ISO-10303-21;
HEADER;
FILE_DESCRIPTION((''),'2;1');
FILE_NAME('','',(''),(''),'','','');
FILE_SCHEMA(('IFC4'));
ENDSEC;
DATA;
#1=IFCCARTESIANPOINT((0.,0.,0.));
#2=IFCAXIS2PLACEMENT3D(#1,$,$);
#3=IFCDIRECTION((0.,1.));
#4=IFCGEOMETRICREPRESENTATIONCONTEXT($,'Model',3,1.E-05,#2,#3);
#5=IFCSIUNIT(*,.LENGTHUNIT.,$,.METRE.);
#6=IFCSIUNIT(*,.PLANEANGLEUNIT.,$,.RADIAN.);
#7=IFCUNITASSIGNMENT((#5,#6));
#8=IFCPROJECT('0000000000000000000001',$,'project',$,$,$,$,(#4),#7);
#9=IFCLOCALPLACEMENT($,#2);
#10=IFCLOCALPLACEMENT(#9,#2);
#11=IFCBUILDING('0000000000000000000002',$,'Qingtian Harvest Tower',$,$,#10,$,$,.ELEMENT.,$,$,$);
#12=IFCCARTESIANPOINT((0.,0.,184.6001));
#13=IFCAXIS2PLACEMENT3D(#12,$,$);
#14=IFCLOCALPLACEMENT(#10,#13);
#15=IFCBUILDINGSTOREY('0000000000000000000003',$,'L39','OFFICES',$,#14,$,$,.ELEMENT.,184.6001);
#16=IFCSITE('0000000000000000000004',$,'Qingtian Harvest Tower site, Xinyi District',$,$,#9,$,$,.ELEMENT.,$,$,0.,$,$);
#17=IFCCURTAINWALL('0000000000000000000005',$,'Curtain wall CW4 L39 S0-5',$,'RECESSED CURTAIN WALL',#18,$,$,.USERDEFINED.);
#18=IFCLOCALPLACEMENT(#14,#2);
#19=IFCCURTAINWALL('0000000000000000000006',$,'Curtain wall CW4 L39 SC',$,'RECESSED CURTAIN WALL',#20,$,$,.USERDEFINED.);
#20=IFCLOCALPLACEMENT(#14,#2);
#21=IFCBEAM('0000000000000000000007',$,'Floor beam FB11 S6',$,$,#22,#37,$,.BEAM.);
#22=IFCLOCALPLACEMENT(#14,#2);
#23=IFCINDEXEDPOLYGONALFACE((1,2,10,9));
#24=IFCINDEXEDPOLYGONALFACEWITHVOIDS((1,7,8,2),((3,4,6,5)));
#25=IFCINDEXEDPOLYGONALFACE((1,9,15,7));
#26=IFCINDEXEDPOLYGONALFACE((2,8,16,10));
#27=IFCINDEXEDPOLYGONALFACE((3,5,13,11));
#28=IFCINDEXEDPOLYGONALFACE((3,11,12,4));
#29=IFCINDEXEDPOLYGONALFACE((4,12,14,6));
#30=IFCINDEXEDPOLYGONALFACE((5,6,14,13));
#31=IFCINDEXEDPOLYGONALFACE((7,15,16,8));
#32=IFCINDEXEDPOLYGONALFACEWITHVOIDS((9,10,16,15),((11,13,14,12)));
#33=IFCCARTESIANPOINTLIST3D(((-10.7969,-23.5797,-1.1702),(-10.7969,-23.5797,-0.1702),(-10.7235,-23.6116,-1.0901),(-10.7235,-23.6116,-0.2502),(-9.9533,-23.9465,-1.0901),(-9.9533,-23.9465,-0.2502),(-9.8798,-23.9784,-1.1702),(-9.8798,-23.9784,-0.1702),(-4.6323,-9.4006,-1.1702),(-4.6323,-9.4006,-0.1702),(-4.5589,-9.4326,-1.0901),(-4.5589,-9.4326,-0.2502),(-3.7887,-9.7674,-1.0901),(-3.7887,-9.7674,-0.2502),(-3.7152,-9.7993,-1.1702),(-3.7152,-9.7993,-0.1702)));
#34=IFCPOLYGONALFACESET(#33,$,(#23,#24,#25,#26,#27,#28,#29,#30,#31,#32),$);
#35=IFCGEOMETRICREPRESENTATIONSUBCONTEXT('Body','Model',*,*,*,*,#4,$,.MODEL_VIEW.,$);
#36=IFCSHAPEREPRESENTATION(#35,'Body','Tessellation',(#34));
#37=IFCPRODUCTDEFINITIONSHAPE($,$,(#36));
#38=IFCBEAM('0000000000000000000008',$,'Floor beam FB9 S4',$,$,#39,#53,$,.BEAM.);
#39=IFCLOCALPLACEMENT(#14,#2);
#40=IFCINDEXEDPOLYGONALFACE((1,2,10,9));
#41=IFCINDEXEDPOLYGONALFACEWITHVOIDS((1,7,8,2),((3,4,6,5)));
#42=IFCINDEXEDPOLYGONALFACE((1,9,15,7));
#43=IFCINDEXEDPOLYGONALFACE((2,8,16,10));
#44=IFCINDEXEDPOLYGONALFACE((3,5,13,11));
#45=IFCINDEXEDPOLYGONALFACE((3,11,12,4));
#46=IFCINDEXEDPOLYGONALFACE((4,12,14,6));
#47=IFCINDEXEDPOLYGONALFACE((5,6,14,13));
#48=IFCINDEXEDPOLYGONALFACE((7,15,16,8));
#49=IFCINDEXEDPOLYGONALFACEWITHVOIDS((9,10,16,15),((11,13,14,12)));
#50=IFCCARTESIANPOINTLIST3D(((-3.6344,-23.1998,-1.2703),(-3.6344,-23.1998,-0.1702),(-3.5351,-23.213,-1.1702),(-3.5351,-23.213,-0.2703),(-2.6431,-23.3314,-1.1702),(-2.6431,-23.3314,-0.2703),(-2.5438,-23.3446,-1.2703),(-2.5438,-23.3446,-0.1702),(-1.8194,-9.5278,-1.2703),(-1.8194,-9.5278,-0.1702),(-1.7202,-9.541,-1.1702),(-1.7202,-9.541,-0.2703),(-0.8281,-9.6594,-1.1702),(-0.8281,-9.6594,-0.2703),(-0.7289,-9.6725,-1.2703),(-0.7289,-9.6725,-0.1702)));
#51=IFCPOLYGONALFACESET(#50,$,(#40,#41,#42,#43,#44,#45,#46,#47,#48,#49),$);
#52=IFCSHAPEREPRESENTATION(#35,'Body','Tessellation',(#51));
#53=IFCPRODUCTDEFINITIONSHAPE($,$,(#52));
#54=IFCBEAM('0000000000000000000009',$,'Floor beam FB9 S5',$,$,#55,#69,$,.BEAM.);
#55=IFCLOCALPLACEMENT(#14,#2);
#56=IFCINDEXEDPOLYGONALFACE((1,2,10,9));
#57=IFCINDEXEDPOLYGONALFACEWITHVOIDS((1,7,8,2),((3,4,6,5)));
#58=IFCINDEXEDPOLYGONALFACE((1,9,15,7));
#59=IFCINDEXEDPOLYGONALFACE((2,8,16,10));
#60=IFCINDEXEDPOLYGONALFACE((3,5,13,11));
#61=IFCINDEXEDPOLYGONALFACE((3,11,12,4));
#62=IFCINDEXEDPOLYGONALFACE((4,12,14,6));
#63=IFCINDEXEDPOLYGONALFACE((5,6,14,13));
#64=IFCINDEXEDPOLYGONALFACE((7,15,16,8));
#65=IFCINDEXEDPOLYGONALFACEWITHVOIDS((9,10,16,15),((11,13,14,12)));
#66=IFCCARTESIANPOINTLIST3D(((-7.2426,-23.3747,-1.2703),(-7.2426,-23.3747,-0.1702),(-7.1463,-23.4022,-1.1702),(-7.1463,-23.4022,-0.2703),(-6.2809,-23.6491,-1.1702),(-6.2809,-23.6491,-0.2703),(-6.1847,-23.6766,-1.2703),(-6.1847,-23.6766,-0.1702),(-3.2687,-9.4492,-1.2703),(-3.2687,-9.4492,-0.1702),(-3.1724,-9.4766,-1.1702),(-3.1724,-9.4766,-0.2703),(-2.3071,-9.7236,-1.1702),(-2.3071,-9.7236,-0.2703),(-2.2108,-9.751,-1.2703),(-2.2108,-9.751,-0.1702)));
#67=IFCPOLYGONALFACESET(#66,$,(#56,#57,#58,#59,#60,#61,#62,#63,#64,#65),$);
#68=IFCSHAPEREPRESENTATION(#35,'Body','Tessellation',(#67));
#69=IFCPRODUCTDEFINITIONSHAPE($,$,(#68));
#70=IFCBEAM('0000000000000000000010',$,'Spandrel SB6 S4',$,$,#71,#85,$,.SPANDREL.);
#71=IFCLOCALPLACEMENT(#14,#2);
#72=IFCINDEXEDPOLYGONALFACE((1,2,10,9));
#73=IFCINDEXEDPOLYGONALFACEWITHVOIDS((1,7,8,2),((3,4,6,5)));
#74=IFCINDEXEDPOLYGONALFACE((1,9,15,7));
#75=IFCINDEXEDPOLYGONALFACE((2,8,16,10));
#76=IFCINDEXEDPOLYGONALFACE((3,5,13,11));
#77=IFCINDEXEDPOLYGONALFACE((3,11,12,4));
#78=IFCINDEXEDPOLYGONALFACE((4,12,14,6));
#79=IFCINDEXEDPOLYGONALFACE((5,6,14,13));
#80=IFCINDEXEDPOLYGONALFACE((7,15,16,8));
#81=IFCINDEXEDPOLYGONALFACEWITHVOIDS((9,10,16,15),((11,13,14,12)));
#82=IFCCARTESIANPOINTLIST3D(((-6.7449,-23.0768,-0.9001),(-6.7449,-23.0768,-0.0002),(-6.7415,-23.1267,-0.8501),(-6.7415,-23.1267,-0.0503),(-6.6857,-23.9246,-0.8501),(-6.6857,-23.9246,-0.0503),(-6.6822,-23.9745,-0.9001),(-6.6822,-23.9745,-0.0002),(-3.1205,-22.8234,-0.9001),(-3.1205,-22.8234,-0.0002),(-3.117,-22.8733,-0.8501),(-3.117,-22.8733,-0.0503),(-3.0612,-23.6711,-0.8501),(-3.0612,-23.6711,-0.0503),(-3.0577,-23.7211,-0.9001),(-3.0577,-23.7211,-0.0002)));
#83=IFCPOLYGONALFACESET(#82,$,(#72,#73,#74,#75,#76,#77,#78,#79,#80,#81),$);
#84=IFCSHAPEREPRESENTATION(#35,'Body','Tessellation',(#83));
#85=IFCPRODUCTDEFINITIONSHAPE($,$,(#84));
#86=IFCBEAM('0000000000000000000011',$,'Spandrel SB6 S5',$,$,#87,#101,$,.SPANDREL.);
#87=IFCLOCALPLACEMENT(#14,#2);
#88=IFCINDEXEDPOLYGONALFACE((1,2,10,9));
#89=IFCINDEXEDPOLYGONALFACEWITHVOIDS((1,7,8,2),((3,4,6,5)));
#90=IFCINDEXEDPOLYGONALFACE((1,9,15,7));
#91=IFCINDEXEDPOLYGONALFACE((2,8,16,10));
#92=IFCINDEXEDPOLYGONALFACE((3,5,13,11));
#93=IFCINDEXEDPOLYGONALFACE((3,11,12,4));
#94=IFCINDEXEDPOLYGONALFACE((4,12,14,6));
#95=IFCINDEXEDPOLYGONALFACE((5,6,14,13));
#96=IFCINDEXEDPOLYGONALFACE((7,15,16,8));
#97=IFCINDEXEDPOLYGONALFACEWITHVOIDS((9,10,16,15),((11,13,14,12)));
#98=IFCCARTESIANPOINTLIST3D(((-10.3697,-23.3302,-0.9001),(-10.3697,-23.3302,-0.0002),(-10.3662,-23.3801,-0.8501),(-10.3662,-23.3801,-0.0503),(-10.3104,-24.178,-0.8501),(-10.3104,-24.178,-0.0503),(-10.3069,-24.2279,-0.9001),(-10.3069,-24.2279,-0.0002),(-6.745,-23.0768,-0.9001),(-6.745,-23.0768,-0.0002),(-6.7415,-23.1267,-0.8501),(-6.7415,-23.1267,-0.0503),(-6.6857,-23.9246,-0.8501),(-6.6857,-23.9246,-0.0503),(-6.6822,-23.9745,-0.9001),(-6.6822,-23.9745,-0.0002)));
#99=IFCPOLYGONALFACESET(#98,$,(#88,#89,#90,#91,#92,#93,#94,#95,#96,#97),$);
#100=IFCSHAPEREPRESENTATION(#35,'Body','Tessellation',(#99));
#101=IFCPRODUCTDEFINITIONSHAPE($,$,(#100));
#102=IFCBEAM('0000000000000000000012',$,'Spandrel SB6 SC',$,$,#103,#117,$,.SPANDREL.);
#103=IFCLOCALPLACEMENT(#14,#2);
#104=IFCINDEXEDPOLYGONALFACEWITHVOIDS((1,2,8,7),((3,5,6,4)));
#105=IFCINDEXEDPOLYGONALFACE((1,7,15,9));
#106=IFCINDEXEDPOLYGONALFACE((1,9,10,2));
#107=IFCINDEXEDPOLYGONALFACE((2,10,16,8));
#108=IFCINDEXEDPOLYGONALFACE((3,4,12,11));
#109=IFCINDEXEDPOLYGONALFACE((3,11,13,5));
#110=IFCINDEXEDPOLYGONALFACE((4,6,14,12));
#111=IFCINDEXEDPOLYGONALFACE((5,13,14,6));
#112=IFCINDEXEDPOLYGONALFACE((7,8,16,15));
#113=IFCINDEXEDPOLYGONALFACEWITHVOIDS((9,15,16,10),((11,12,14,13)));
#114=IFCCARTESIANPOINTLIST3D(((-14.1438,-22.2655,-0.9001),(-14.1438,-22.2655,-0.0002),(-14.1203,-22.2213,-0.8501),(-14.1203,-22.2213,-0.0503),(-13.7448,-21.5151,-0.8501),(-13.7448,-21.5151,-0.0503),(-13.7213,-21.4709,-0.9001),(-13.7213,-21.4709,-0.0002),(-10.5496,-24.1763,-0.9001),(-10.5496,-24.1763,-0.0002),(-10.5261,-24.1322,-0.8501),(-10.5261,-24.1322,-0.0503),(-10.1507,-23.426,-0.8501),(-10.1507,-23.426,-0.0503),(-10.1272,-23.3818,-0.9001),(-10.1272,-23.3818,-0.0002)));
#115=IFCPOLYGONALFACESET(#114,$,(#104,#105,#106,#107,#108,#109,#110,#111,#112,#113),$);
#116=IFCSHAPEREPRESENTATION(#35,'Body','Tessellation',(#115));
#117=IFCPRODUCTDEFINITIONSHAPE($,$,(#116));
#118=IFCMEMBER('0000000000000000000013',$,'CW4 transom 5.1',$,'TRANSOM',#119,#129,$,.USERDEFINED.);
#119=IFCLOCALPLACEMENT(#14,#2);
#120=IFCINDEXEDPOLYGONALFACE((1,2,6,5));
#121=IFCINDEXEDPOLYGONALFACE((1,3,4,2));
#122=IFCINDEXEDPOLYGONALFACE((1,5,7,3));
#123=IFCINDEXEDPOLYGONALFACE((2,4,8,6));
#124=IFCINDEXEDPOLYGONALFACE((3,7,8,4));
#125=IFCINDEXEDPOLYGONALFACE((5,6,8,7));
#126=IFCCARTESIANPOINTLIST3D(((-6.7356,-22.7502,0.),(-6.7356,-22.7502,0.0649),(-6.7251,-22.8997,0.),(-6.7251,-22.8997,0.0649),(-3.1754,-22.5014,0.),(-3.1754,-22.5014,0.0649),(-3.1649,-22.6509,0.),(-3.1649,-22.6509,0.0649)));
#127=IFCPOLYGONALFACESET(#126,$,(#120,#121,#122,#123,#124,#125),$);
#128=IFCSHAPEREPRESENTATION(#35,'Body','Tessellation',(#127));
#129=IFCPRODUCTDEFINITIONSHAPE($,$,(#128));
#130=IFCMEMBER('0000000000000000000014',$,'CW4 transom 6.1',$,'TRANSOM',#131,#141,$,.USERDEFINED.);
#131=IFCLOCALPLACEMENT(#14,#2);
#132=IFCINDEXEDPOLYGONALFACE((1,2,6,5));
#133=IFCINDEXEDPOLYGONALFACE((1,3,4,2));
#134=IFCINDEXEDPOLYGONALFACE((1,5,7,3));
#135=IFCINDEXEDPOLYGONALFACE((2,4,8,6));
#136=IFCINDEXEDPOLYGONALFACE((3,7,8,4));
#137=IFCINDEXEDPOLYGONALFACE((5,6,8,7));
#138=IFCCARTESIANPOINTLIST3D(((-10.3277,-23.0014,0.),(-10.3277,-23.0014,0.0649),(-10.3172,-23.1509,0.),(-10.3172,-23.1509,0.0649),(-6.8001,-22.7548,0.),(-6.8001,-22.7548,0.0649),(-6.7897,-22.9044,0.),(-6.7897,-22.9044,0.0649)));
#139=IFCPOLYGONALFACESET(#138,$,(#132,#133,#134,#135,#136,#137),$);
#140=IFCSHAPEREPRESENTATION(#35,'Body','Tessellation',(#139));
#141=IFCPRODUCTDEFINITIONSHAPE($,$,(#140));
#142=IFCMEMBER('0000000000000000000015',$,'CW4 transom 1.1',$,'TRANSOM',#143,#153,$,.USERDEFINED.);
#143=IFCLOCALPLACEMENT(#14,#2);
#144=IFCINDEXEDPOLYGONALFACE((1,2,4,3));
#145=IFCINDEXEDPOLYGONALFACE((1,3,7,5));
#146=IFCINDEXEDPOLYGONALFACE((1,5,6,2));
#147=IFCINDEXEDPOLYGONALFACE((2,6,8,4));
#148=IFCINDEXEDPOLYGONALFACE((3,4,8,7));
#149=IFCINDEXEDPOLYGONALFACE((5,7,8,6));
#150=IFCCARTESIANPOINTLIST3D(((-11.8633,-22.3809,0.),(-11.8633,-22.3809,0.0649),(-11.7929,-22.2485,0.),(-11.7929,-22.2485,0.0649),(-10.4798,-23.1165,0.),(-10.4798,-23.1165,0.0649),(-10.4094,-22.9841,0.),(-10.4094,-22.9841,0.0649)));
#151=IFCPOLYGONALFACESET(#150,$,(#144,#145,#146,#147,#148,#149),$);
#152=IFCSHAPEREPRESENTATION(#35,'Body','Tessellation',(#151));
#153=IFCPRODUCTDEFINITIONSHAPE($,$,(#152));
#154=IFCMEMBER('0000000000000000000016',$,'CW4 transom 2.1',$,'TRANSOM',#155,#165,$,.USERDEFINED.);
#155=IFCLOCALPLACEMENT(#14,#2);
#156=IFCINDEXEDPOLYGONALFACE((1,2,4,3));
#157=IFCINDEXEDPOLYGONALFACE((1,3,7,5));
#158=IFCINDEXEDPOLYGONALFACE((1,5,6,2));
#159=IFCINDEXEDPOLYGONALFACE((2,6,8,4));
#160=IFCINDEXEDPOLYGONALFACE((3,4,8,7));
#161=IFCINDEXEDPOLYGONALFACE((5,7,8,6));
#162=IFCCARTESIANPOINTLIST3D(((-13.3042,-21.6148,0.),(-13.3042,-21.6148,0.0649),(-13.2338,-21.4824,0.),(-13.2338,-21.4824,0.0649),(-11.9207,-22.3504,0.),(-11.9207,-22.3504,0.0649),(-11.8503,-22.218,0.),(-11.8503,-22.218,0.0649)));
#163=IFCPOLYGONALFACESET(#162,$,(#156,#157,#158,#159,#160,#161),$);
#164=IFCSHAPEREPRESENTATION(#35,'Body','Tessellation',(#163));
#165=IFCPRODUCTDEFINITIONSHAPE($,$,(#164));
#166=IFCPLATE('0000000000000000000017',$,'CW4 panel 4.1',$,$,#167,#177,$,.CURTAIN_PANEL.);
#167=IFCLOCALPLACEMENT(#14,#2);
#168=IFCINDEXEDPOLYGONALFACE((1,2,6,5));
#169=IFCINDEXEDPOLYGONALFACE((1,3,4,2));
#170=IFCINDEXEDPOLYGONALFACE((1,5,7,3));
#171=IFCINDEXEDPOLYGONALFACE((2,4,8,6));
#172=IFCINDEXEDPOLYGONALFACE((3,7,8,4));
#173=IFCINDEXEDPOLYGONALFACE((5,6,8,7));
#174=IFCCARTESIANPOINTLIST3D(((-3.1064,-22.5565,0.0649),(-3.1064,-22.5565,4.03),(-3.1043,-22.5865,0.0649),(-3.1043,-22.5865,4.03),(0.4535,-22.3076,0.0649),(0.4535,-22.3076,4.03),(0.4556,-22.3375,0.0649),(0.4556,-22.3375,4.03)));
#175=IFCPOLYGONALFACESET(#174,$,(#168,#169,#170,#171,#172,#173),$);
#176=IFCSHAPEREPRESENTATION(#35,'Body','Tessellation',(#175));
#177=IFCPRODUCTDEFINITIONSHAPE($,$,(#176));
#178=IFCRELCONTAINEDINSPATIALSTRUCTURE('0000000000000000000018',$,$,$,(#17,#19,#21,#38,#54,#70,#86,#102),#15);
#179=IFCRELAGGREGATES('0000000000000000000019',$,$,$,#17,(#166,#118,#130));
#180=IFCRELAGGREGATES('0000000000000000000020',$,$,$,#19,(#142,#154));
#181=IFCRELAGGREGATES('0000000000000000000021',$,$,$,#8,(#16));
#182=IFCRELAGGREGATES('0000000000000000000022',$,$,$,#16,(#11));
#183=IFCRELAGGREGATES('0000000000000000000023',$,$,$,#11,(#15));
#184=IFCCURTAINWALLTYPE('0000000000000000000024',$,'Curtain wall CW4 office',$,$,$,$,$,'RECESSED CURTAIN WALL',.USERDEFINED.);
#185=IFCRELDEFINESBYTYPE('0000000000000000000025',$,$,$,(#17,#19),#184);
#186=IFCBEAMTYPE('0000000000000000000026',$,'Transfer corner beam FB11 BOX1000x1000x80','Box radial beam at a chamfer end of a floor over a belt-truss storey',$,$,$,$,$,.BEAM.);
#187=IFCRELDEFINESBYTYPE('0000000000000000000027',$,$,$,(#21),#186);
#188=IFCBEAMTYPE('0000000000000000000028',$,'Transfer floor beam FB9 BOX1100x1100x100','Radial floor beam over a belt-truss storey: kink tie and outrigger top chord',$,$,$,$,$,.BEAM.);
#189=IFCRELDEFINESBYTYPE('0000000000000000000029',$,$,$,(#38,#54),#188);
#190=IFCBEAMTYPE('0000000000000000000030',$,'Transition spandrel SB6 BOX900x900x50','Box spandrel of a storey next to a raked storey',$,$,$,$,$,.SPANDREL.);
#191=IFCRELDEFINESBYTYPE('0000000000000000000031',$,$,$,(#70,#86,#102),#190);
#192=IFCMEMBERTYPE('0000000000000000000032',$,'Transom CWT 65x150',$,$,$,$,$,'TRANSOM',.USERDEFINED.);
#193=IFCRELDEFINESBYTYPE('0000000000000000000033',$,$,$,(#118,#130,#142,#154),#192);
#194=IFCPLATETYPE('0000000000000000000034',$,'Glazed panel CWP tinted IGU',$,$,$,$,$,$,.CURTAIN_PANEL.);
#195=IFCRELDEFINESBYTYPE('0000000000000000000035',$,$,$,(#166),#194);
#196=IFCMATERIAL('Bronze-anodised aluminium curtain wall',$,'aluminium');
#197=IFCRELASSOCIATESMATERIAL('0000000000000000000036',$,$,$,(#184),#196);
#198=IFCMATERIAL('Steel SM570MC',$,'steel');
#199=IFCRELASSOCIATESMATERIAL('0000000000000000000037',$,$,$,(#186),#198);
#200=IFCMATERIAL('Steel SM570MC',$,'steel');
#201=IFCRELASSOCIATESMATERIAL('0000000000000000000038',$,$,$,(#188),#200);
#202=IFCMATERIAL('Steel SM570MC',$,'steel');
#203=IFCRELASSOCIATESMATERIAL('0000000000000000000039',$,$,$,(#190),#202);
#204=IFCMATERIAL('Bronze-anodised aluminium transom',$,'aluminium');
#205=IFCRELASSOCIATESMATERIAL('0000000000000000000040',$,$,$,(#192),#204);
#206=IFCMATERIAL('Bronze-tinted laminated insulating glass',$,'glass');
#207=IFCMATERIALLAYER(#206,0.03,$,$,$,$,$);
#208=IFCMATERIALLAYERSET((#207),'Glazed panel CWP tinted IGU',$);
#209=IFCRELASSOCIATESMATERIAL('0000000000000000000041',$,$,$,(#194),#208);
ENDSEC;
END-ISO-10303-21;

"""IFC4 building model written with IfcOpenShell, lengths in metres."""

from ifc_helpers import new_model, si_unit, direction, frame, origin, origin_2d, place, context, subcontext, project, spatial, rectangle, hollow_rectangle, extrude, material, layer, layer_set, material_profile, profile_set, type_object, element, aggregate, save


model = new_model("IFC4")

# Units and contexts
model_context = context("Model", 3, precision=1e-05, world=origin(), true_north=direction((0.0, 1.0)))
body_context = subcontext(model_context, "Body", "Model", "MODEL_VIEW")
ifc_project = project(units=[si_unit("LENGTHUNIT", "METRE"), si_unit("PLANEANGLEUNIT", "RADIAN")], contexts=[model_context])

# Site, building, storey
site_placement = place(None, origin())
site = spatial("IfcSite", under=ifc_project, at=site_placement, Name="Qingtian Harvest Tower site, Xinyi District", CompositionType="ELEMENT", RefElevation=0.0)
building_placement = place(site_placement, origin())
building = spatial("IfcBuilding", under=site, at=building_placement, Name="Qingtian Harvest Tower", CompositionType="ELEMENT")
storey_placement = place(building_placement, frame((0.0, 0.0, 184.6001)))
storey = spatial("IfcBuildingStorey", under=building, at=storey_placement, Name="L39", Description="OFFICES", CompositionType="ELEMENT", Elevation=184.6001)

# Curtain walls
ifc_material_1 = material(Name="Bronze-anodised aluminium curtain wall", Category="aluminium")
curtain_wall_type = type_object("IfcCurtainWallType", Name="Curtain wall CW4 office", ElementType="RECESSED CURTAIN WALL", PredefinedType="USERDEFINED", material=ifc_material_1)
curtain_wall_1_placement = place(storey_placement, origin())
curtain_wall_1 = element("IfcCurtainWall", 1, at=curtain_wall_1_placement, inside=storey, type_object=curtain_wall_type, Name="Curtain wall CW4 L39 S0-5", ObjectType="RECESSED CURTAIN WALL", PredefinedType="USERDEFINED")
curtain_wall_2_placement = place(storey_placement, origin())
curtain_wall_2 = element("IfcCurtainWall", 2, at=curtain_wall_2_placement, inside=storey, type_object=curtain_wall_type, Name="Curtain wall CW4 L39 SC", ObjectType="RECESSED CURTAIN WALL", PredefinedType="USERDEFINED")

# Beams
ifc_material_2 = material(Name="Steel SM570MC", Category="steel")
ifc_material_profile_1 = material_profile(ifc_material_2, hollow_rectangle(XDim=1.0, YDim=1.0, WallThickness=0.0801, at=origin_2d()), Name="BOX1000x1000x80")
ifc_profile_set_1 = profile_set([ifc_material_profile_1], Name="Steel SM570MC")
beam_type_1 = type_object("IfcBeamType", Name="Transfer corner beam FB11 BOX1000x1000x80", Description="Box radial beam at a chamfer end of a floor over a belt-truss storey", PredefinedType="BEAM", material=ifc_profile_set_1)
beam_1_placement = place(storey_placement, frame((-10.3384, -23.7791, -0.6702), z_axis=(0.398715, 0.917075, 0.0), x_axis=(-0.917075, 0.398715, 0.0)))
element("IfcBeam", 3, at=beam_1_placement, inside=storey, type_object=beam_type_1, Name="Floor beam FB11 S6", PredefinedType="BEAM", context=body_context, shape_type="SweptSolid", body=[
    extrude(hollow_rectangle(XDim=1.0, YDim=1.0, WallThickness=0.0801, at=origin_2d()), origin(), (0.0, 0.0, 1.0), 15.4612),
])
ifc_material_3 = material(Name="Steel SM570MC", Category="steel")
ifc_material_profile_2 = material_profile(ifc_material_3, hollow_rectangle(XDim=1.1001, YDim=1.1001, WallThickness=0.1001, at=origin_2d()), Name="BOX1100x1100x100")
ifc_profile_set_2 = profile_set([ifc_material_profile_2], Name="Steel SM570MC")
beam_type_2 = type_object("IfcBeamType", Name="Transfer floor beam FB9 BOX1100x1100x100", Description="Radial floor beam over a belt-truss storey: kink tie and outrigger top chord", PredefinedType="BEAM", material=ifc_profile_set_2)
beam_2_placement = place(storey_placement, frame((-3.0891, -23.2722, -0.7202), z_axis=(0.131593, 0.991304, 0.0), x_axis=(-0.991304, 0.131593, 0.0)))
element("IfcBeam", 4, at=beam_2_placement, inside=storey, type_object=beam_type_2, Name="Floor beam FB9 S4", PredefinedType="BEAM", context=body_context, shape_type="SweptSolid", body=[
    extrude(hollow_rectangle(XDim=1.1001, YDim=1.1001, WallThickness=0.1001, at=origin_2d()), origin(), (0.0, 0.0, 1.0), 13.792),
])
beam_3_placement = place(storey_placement, frame((-6.7136, -23.5256, -0.7202), z_axis=(0.274412, 0.961612, 0.0), x_axis=(-0.961612, 0.274412, 0.0)))
element("IfcBeam", 5, at=beam_3_placement, inside=storey, type_object=beam_type_2, Name="Floor beam FB9 S5", PredefinedType="BEAM", context=body_context, shape_type="SweptSolid", body=[
    extrude(hollow_rectangle(XDim=1.1001, YDim=1.1001, WallThickness=0.1001, at=origin_2d()), origin(), (0.0, 0.0, 1.0), 14.4814),
])
ifc_material_4 = material(Name="Steel SM570MC", Category="steel")
ifc_material_profile_3 = material_profile(ifc_material_4, hollow_rectangle(XDim=0.8999, YDim=0.8999, WallThickness=0.05, at=origin_2d()), Name="BOX900x900x50")
ifc_profile_set_3 = profile_set([ifc_material_profile_3], Name="Steel SM570MC")
beam_type_3 = type_object("IfcBeamType", Name="Transition spandrel SB6 BOX900x900x50", Description="Box spandrel of a storey next to a raked storey", PredefinedType="SPANDREL", material=ifc_profile_set_3)
beam_4_placement = place(storey_placement, frame((-3.0891, -23.2722, -0.4502), z_axis=(-0.997565, -0.069748, 0.0), x_axis=(0.069748, -0.997565, 0.0)))
element("IfcBeam", 6, at=beam_4_placement, inside=storey, type_object=beam_type_3, Name="Spandrel SB6 S4", PredefinedType="SPANDREL", context=body_context, shape_type="SweptSolid", body=[
    extrude(hollow_rectangle(XDim=0.8999, YDim=0.8999, WallThickness=0.05, at=origin_2d()), origin(), (0.0, 0.0, 1.0), 3.6333),
])
beam_5_placement = place(storey_placement, frame((-6.7136, -23.5256, -0.4502), z_axis=(-0.997565, -0.069743, 0.0), x_axis=(0.069743, -0.997565, 0.0)))
element("IfcBeam", 7, at=beam_5_placement, inside=storey, type_object=beam_type_3, Name="Spandrel SB6 S5", PredefinedType="SPANDREL", context=body_context, shape_type="SweptSolid", body=[
    extrude(hollow_rectangle(XDim=0.8999, YDim=0.8999, WallThickness=0.05, at=origin_2d()), origin(), (0.0, 0.0, 1.0), 3.6335),
])
beam_6_placement = place(storey_placement, frame((-10.3384, -23.7791, -0.4502), z_axis=(-0.882968, 0.469433, 0.0), x_axis=(-0.469433, -0.882968, 0.0)))
element("IfcBeam", 8, at=beam_6_placement, inside=storey, type_object=beam_type_3, Name="Spandrel SB6 SC", PredefinedType="SPANDREL", context=body_context, shape_type="SweptSolid", body=[
    extrude(hollow_rectangle(XDim=0.8999, YDim=0.8999, WallThickness=0.05, at=origin_2d()), origin(), (0.0, 0.0, 1.0), 4.0706),
])

# Members
ifc_material_5 = material(Name="Bronze-anodised aluminium transom", Category="aluminium")
ifc_material_profile_4 = material_profile(ifc_material_5, rectangle(XDim=0.1499, YDim=0.0649, at=origin_2d()), Name="AL 65x150")
ifc_profile_set_4 = profile_set([ifc_material_profile_4], Name="Bronze-anodised aluminium transom")
member_type_1 = type_object("IfcMemberType", Name="Transom CWT 65x150", ElementType="TRANSOM", PredefinedType="USERDEFINED", material=ifc_profile_set_4)
member_1_placement = place(storey_placement, frame((-3.1702, -22.5762, 0.0325), z_axis=(-0.997567, -0.069711, 0.0), x_axis=(0.069711, -0.997567, 0.0)))
member_1 = element("IfcMember", 9, at=member_1_placement, type_object=member_type_1, Name="CW4 transom 5.1", ObjectType="TRANSOM", PredefinedType="USERDEFINED", context=body_context, shape_type="SweptSolid", body=[
    extrude(rectangle(XDim=0.1499, YDim=0.0649, at=origin_2d()), origin(), (0.0, 0.0, 1.0), 3.5688),
])
member_2_placement = place(storey_placement, frame((-6.7949, -22.8296, 0.0325), z_axis=(-0.997566, -0.069731, 0.0), x_axis=(0.069731, -0.997566, 0.0)))
member_2 = element("IfcMember", 10, at=member_2_placement, type_object=member_type_1, Name="CW4 transom 6.1", ObjectType="TRANSOM", PredefinedType="USERDEFINED", context=body_context, shape_type="SweptSolid", body=[
    extrude(rectangle(XDim=0.1499, YDim=0.0649, at=origin_2d()), origin(), (0.0, 0.0, 1.0), 3.5361),
])
member_3_placement = place(storey_placement, frame((-10.4446, -23.0503, 0.0325), z_axis=(-0.88296, 0.469448, 0.0), x_axis=(-0.469448, -0.88296, 0.0)))
member_3 = element("IfcMember", 11, at=member_3_placement, type_object=member_type_1, Name="CW4 transom 1.1", ObjectType="TRANSOM", PredefinedType="USERDEFINED", context=body_context, shape_type="SweptSolid", body=[
    extrude(rectangle(XDim=0.1499, YDim=0.0649, at=origin_2d()), origin(), (0.0, 0.0, 1.0), 1.5669),
])
member_4_placement = place(storey_placement, frame((-11.8855, -22.2842, 0.0325), z_axis=(-0.88296, 0.469448, 0.0), x_axis=(-0.469448, -0.88296, 0.0)))
member_4 = element("IfcMember", 12, at=member_4_placement, type_object=member_type_1, Name="CW4 transom 2.1", ObjectType="TRANSOM", PredefinedType="USERDEFINED", context=body_context, shape_type="SweptSolid", body=[
    extrude(rectangle(XDim=0.1499, YDim=0.0649, at=origin_2d()), origin(), (0.0, 0.0, 1.0), 1.5669),
])

# Plate
ifc_material_6 = material(Name="Bronze-tinted laminated insulating glass", Category="glass")
ifc_layer_1 = layer(ifc_material_6, 0.03)
ifc_layer_set_1 = layer_set([ifc_layer_1], Name="Glazed panel CWP tinted IGU")
plate_type = type_object("IfcPlateType", Name="Glazed panel CWP tinted IGU", PredefinedType="CURTAIN_PANEL", material=ifc_layer_set_1)
plate_1_placement = place(storey_placement, frame((-1.3254, -22.447, 0.0649), z_axis=(0.0, 0.0, 1.0), x_axis=(-0.997564, -0.069756, 0.0)))
plate_1 = element("IfcPlate", 13, at=plate_1_placement, type_object=plate_type, Name="CW4 panel 4.1", PredefinedType="CURTAIN_PANEL", context=body_context, shape_type="SweptSolid", body=[
    extrude(rectangle(XDim=3.5686, YDim=0.03, at=origin_2d()), origin(), (0.0, 0.0, 1.0), 3.9651),
])
aggregate(curtain_wall_1, [plate_1, member_1, member_2])
aggregate(curtain_wall_2, [member_3, member_4])

save(model, "model.ifc")
